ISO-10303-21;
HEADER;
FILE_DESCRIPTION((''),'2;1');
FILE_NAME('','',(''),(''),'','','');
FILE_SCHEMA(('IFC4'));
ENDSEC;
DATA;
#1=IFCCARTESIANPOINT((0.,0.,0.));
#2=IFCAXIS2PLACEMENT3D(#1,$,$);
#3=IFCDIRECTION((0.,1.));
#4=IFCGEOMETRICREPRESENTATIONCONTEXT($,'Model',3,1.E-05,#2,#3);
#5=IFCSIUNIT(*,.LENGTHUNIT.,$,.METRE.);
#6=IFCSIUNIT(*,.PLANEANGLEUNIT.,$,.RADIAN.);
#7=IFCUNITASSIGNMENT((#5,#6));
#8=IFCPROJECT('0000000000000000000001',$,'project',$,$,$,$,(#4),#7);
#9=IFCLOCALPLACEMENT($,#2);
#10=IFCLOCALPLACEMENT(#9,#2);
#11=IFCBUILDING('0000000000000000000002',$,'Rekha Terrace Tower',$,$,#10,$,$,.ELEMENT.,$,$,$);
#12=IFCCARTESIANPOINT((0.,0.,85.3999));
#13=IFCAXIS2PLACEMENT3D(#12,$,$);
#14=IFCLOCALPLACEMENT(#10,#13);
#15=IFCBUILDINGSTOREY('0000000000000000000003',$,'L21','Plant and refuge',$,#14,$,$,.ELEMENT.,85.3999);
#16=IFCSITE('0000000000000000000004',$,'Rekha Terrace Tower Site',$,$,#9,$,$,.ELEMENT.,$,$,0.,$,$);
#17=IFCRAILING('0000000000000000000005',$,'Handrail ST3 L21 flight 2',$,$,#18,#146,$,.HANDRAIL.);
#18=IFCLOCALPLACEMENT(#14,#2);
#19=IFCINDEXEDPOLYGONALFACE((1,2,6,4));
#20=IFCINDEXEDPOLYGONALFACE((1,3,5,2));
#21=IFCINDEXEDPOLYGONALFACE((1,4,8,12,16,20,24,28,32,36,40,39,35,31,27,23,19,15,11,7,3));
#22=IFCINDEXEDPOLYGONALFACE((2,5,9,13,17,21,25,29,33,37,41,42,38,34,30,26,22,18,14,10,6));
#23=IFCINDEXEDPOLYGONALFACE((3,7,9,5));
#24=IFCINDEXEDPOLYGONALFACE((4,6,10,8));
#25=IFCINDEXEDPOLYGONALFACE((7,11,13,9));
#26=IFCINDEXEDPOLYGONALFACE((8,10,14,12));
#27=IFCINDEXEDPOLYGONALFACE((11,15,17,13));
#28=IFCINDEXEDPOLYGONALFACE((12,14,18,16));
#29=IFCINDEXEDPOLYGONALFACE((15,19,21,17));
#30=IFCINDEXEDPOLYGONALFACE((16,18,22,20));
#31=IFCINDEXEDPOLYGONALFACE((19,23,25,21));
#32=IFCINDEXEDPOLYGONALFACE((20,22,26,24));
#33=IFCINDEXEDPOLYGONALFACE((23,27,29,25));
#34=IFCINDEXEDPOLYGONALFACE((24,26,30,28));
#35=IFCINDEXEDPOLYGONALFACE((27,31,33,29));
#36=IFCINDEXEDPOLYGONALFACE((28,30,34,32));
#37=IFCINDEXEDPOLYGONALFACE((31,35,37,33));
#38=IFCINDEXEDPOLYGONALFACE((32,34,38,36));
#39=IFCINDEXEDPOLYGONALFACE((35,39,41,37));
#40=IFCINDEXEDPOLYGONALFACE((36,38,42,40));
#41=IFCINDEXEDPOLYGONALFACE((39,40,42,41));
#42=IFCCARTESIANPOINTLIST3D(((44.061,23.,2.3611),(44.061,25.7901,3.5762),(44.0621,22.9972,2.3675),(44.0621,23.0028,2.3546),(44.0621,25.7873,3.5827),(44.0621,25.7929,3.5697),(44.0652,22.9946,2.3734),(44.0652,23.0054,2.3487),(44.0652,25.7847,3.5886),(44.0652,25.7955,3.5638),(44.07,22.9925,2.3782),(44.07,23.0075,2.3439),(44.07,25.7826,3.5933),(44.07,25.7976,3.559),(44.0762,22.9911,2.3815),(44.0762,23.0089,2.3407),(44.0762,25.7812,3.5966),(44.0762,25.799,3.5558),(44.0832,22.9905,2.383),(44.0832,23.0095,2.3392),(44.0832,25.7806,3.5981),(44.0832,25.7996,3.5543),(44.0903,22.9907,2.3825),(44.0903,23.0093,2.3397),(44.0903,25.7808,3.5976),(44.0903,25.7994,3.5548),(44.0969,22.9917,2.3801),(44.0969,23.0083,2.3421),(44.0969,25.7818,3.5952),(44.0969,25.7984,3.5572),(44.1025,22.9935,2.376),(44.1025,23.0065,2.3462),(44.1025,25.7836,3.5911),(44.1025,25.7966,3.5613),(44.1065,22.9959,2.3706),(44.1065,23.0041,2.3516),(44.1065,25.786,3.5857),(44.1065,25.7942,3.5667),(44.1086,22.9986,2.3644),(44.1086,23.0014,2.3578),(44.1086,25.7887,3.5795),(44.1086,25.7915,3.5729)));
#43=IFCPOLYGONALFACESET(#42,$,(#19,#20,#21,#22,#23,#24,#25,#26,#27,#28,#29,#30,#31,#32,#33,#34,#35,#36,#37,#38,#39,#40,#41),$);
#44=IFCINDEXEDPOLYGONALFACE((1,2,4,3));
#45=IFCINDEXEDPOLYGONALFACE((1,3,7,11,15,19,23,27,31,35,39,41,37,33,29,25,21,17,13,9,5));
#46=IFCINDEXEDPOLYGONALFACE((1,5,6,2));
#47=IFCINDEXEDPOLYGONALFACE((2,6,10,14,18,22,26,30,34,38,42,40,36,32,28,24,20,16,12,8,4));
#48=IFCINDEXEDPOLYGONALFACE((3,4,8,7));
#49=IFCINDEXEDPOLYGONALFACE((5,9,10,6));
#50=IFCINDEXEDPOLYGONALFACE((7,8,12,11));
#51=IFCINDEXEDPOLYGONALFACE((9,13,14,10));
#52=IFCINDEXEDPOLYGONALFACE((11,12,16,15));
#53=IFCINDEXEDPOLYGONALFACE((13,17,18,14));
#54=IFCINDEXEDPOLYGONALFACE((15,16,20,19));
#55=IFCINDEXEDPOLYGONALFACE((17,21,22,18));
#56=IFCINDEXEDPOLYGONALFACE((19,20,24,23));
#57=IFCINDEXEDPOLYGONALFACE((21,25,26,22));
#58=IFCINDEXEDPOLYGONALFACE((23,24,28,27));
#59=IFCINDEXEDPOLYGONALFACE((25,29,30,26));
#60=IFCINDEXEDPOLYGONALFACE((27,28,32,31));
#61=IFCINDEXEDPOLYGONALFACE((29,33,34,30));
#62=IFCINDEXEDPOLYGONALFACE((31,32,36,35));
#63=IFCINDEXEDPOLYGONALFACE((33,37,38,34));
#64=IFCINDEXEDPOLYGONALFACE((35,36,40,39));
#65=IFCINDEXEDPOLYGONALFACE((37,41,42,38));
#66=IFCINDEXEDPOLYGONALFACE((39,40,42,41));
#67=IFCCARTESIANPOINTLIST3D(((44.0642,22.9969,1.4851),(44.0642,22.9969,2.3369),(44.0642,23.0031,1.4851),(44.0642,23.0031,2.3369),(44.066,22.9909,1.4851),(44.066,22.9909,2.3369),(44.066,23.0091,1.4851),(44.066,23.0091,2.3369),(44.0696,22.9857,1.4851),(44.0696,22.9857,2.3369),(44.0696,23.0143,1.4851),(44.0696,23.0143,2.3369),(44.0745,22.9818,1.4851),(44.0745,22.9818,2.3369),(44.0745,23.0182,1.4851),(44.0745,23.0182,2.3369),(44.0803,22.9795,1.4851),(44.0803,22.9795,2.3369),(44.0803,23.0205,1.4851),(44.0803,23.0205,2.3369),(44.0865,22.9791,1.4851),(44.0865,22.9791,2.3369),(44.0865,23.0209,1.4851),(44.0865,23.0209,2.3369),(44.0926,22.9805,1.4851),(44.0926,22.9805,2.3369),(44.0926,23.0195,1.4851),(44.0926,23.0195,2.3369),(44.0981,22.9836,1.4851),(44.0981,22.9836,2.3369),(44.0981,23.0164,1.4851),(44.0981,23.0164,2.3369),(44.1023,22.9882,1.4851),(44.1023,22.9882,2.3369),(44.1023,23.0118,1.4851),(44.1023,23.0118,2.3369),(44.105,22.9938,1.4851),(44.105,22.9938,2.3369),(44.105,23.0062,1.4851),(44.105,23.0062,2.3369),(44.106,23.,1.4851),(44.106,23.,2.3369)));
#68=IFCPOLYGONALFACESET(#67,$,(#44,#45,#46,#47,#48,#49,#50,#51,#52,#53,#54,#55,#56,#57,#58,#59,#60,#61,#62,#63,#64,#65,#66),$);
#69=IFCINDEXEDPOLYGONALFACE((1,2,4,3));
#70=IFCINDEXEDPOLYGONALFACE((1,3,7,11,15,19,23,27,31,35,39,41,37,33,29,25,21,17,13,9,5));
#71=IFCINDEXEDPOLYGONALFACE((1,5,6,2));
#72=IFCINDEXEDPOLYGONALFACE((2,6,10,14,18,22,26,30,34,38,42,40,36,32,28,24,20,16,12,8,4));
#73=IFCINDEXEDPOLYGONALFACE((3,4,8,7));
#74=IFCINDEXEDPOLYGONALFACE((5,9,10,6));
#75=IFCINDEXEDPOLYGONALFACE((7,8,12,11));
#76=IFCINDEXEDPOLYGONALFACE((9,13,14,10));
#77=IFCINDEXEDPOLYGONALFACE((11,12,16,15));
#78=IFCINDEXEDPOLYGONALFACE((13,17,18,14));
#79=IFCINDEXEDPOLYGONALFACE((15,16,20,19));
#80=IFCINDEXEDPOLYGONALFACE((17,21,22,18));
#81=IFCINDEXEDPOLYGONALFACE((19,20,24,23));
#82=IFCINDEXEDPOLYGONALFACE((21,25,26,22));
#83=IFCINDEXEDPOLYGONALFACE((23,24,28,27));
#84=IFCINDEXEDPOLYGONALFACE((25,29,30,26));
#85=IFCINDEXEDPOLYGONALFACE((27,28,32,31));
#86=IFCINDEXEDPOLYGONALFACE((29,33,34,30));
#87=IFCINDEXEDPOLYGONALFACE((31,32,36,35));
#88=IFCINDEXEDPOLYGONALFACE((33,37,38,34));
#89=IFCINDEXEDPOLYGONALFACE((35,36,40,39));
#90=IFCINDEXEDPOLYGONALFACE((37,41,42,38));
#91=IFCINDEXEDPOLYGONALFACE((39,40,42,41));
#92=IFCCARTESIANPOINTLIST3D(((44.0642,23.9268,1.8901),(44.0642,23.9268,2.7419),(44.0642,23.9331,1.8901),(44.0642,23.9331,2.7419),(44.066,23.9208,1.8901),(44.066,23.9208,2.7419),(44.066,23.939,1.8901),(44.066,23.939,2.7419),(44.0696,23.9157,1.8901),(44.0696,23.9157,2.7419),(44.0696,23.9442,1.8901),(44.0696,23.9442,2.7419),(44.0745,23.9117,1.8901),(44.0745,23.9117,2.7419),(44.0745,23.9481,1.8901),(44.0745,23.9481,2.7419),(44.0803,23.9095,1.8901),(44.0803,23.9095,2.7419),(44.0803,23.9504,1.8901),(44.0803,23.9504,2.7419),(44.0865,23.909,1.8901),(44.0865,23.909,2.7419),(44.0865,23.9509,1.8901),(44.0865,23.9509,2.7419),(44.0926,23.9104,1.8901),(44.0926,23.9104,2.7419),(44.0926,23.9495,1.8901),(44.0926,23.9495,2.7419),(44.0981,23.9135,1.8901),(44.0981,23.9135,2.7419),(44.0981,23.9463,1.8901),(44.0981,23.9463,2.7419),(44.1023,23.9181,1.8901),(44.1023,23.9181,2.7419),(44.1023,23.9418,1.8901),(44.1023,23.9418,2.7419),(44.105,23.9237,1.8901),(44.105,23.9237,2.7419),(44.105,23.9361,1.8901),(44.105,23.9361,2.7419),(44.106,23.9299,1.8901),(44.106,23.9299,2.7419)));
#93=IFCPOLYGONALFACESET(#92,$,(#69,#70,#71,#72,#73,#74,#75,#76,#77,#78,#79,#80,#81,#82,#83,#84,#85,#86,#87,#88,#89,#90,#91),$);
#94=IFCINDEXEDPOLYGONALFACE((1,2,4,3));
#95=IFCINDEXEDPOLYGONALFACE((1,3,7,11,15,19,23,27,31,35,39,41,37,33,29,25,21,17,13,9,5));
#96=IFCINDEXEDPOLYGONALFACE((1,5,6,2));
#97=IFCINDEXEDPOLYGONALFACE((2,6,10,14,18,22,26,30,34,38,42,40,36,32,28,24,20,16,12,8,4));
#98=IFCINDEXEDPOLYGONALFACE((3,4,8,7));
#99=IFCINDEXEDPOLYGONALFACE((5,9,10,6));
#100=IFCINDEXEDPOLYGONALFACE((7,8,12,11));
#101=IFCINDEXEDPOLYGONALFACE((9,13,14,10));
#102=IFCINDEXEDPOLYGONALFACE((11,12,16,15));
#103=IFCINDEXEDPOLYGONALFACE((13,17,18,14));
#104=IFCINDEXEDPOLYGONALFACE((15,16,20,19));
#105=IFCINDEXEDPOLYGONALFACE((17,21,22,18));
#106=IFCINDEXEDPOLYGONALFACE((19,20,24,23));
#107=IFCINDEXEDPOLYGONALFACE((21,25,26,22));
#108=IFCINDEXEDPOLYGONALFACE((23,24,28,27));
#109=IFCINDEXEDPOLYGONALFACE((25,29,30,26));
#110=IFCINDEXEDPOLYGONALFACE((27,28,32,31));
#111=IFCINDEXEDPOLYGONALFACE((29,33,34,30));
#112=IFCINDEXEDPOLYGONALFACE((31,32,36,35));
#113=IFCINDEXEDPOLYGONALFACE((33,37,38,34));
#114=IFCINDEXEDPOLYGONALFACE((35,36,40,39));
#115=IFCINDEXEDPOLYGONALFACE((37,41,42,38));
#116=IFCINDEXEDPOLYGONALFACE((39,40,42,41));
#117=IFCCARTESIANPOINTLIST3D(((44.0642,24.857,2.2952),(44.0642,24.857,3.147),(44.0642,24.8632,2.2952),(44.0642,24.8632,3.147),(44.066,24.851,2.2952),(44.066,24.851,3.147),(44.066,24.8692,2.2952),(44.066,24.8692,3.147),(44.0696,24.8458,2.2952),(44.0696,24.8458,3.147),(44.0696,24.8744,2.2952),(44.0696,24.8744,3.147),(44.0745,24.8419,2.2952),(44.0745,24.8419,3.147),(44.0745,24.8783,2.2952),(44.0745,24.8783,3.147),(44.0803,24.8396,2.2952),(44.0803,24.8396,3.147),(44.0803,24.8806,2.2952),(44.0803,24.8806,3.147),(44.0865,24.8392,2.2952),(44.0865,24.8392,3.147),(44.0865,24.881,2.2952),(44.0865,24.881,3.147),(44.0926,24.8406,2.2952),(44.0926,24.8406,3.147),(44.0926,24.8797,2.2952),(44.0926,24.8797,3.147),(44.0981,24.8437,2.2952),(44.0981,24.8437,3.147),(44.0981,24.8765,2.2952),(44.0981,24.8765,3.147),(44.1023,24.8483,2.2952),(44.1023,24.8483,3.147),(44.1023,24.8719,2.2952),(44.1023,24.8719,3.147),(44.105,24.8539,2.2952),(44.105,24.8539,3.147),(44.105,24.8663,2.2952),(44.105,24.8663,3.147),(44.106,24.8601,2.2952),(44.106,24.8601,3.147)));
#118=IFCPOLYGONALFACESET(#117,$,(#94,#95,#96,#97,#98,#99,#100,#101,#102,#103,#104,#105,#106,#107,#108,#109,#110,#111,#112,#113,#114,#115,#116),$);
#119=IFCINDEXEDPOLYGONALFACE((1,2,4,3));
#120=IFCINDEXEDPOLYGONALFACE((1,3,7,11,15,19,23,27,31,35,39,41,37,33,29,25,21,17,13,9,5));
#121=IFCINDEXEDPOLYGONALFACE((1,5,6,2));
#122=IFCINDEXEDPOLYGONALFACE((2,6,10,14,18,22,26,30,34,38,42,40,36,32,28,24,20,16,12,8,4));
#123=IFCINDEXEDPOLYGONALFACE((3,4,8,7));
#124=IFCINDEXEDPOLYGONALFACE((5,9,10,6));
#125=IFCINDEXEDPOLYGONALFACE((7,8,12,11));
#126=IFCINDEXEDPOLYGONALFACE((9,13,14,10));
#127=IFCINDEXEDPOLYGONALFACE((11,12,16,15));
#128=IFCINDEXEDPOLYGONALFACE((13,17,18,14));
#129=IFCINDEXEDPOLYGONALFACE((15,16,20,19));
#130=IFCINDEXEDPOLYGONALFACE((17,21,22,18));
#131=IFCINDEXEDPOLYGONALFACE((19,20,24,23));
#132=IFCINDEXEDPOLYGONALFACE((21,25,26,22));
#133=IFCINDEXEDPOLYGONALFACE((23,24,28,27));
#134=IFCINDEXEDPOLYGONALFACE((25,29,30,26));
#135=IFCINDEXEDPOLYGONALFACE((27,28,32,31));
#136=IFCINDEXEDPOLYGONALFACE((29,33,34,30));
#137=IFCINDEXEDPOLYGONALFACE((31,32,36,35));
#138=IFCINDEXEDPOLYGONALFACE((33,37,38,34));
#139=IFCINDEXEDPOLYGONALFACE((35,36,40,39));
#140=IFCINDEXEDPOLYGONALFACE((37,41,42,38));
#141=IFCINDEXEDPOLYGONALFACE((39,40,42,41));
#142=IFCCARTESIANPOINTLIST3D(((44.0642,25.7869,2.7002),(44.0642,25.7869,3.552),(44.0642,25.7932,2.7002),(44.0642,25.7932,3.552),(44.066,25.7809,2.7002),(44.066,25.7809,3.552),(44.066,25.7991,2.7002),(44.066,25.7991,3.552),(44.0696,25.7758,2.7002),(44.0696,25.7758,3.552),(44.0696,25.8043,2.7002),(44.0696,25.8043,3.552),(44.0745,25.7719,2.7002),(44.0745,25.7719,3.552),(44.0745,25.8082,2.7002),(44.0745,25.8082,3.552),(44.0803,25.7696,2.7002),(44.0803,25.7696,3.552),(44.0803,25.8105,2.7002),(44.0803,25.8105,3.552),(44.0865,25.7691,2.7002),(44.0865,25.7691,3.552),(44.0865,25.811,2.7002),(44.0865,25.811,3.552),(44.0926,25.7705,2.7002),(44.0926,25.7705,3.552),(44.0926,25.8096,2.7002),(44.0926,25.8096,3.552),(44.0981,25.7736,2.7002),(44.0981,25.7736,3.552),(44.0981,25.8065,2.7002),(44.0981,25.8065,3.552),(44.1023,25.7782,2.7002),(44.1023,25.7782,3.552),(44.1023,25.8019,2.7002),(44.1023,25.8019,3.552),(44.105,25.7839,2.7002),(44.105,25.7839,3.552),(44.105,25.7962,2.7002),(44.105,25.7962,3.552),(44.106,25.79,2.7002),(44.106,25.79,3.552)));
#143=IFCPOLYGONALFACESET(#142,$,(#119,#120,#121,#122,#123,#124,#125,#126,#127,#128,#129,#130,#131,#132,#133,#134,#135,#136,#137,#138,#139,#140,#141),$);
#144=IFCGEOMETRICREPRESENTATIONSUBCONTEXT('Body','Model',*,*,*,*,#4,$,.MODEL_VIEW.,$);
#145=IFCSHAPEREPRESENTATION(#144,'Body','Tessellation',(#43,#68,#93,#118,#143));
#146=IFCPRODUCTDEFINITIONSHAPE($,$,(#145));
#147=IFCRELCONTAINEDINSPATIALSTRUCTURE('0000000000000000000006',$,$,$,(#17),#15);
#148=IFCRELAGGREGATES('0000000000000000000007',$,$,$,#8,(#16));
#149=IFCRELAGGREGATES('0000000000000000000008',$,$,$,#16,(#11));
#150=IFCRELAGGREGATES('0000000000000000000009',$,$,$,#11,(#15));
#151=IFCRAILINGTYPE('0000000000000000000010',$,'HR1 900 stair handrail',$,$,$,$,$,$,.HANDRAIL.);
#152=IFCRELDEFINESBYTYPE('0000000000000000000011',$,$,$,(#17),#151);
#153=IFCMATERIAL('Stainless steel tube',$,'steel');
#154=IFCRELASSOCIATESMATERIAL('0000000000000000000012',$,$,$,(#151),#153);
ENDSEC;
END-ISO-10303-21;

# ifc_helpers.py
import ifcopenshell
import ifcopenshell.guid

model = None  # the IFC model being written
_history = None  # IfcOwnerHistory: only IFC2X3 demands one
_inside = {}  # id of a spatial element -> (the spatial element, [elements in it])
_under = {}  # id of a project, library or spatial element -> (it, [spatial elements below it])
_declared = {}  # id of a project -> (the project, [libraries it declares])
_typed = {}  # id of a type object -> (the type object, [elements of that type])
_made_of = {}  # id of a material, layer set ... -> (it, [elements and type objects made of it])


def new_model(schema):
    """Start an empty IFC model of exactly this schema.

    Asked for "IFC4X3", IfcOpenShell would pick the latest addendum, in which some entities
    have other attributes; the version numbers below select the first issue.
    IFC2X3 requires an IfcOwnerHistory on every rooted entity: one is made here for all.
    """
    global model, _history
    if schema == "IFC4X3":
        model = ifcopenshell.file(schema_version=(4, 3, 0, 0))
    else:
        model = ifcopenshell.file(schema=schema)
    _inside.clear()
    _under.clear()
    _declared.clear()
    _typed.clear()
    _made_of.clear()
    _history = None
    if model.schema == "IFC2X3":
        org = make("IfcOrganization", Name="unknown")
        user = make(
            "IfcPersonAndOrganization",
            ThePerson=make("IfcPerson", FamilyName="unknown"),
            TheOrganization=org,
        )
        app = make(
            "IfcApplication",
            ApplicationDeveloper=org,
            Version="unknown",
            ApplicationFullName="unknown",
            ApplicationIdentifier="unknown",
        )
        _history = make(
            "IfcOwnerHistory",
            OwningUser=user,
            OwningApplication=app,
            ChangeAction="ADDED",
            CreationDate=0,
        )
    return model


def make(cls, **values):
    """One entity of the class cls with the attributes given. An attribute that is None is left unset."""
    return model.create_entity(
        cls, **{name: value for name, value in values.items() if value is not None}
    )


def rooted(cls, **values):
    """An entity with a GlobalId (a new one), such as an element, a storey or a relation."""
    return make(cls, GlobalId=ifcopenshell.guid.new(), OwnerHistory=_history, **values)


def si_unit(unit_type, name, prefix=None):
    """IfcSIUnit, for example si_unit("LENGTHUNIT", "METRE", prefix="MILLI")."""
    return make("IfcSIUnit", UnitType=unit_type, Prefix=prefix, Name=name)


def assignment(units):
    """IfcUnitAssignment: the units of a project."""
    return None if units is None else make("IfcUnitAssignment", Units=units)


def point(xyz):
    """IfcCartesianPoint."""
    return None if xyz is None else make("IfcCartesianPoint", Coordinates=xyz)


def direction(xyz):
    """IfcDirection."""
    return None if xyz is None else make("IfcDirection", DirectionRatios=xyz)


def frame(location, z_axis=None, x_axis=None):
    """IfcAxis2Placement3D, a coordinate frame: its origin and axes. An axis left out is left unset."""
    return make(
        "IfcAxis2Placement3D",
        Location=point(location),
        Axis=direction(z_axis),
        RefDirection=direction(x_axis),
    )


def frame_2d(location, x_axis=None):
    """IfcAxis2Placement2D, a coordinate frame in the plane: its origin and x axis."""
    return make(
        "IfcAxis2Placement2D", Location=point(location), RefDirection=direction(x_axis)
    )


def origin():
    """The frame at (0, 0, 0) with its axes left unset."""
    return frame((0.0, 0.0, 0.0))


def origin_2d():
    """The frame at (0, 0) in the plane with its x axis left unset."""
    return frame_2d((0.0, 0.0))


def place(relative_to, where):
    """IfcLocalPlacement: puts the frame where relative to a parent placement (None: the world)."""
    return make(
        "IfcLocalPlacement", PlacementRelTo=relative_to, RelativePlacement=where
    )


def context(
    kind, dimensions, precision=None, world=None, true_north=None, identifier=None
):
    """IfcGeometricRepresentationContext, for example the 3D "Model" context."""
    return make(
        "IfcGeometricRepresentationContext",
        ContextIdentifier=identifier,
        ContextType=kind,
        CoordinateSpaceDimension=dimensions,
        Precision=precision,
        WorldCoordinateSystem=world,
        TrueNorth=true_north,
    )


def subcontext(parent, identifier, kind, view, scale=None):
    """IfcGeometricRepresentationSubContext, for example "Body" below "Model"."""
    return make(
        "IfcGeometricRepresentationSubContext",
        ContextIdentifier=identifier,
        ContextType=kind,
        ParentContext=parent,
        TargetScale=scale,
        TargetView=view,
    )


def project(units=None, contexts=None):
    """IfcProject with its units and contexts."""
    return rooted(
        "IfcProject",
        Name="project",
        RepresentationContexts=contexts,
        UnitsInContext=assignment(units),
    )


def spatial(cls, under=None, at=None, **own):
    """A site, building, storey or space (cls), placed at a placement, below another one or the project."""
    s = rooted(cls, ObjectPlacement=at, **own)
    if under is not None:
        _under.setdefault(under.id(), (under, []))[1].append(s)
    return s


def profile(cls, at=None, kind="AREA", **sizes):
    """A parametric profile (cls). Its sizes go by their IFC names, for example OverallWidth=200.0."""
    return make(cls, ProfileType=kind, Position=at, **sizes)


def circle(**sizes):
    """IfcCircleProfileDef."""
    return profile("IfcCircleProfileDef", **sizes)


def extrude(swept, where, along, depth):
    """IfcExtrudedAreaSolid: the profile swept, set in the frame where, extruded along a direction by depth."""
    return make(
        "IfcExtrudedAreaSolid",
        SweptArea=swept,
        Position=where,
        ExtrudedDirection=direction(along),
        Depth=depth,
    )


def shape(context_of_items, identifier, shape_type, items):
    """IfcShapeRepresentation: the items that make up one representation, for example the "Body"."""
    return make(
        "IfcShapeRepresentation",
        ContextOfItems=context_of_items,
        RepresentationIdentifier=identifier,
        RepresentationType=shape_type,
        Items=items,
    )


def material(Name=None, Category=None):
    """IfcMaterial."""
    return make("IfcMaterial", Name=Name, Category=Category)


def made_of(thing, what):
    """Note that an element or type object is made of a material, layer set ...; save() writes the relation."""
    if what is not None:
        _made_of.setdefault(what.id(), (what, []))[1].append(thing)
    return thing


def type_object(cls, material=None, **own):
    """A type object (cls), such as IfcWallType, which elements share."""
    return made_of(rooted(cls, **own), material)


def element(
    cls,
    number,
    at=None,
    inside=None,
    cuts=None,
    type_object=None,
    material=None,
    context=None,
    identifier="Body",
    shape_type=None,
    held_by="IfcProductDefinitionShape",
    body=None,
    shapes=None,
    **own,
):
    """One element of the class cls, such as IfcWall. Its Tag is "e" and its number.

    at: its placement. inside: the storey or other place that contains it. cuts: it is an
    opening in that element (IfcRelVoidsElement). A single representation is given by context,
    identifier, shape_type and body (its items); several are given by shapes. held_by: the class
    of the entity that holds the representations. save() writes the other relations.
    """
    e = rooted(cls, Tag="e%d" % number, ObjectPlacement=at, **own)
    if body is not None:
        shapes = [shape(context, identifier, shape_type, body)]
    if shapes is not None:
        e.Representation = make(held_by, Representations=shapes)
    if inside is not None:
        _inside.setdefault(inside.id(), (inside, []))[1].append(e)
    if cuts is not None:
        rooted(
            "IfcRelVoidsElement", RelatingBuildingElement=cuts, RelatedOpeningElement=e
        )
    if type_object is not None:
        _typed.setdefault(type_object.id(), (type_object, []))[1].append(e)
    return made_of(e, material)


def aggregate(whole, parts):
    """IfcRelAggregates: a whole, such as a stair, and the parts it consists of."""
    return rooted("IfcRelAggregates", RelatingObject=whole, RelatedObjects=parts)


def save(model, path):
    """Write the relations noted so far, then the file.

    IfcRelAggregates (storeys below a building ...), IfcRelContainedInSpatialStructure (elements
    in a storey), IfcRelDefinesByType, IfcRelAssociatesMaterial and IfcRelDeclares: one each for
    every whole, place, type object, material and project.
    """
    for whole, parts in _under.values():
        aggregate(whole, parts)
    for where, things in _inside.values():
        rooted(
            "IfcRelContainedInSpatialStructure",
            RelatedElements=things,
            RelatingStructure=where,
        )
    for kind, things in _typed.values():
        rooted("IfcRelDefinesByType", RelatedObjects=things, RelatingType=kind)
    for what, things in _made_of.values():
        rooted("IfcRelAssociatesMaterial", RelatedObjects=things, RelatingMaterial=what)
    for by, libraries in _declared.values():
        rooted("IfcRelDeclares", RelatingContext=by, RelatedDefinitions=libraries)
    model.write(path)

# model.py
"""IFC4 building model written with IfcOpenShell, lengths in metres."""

from ifc_helpers import new_model, si_unit, direction, frame, origin, origin_2d, place, context, subcontext, project, spatial, circle, extrude, material, type_object, element, save


model = new_model("IFC4")

# Units and contexts
model_context = context("Model", 3, precision=1e-05, world=origin(), true_north=direction((0.0, 1.0)))
body_context = subcontext(model_context, "Body", "Model", "MODEL_VIEW")
ifc_project = project(units=[si_unit("LENGTHUNIT", "METRE"), si_unit("PLANEANGLEUNIT", "RADIAN")], contexts=[model_context])

# Site, building, storey
site_placement = place(None, origin())
site = spatial("IfcSite", under=ifc_project, at=site_placement, Name="Rekha Terrace Tower Site", CompositionType="ELEMENT", RefElevation=0.0)
building_placement = place(site_placement, origin())
building = spatial("IfcBuilding", under=site, at=building_placement, Name="Rekha Terrace Tower", CompositionType="ELEMENT")
storey_placement = place(building_placement, frame((0.0, 0.0, 85.3999)))
storey = spatial("IfcBuildingStorey", under=building, at=storey_placement, Name="L21", Description="Plant and refuge", CompositionType="ELEMENT", Elevation=85.3999)

# Railing
ifc_material_1 = material(Name="Stainless steel tube", Category="steel")
railing_type_1 = type_object("IfcRailingType", Name="HR1 900 stair handrail", PredefinedType="HANDRAIL", material=ifc_material_1)
railing_1_placement = place(storey_placement, frame((44.085, 23.0, 1.4851)))
element("IfcRailing", 1, at=railing_1_placement, inside=storey, type_object=railing_type_1, Name="Handrail ST3 L21 flight 2", PredefinedType="HANDRAIL", context=body_context, shape_type="SweptSolid", body=[
    extrude(circle(Radius=0.0239, at=origin_2d()), frame((0.0, 0.0, 0.876), z_axis=(0.0, 0.916826, 0.399286), x_axis=(-1.0, 0.0, 0.0)), (0.0, 0.0, 1.0), 3.0432),
    extrude(circle(Radius=0.021, at=origin_2d()), origin(), (0.0, 0.0, 1.0), 0.8518),
    extrude(circle(Radius=0.021, at=origin_2d()), frame((0.0, 0.9299, 0.405)), (0.0, 0.0, 1.0), 0.8518),
    extrude(circle(Radius=0.021, at=origin_2d()), frame((0.0, 1.8601, 0.8101)), (0.0, 0.0, 1.0), 0.8518),
    extrude(circle(Radius=0.021, at=origin_2d()), frame((0.0, 2.79, 1.2151)), (0.0, 0.0, 1.0), 0.8518),
])

save(model, "model.ifc")
